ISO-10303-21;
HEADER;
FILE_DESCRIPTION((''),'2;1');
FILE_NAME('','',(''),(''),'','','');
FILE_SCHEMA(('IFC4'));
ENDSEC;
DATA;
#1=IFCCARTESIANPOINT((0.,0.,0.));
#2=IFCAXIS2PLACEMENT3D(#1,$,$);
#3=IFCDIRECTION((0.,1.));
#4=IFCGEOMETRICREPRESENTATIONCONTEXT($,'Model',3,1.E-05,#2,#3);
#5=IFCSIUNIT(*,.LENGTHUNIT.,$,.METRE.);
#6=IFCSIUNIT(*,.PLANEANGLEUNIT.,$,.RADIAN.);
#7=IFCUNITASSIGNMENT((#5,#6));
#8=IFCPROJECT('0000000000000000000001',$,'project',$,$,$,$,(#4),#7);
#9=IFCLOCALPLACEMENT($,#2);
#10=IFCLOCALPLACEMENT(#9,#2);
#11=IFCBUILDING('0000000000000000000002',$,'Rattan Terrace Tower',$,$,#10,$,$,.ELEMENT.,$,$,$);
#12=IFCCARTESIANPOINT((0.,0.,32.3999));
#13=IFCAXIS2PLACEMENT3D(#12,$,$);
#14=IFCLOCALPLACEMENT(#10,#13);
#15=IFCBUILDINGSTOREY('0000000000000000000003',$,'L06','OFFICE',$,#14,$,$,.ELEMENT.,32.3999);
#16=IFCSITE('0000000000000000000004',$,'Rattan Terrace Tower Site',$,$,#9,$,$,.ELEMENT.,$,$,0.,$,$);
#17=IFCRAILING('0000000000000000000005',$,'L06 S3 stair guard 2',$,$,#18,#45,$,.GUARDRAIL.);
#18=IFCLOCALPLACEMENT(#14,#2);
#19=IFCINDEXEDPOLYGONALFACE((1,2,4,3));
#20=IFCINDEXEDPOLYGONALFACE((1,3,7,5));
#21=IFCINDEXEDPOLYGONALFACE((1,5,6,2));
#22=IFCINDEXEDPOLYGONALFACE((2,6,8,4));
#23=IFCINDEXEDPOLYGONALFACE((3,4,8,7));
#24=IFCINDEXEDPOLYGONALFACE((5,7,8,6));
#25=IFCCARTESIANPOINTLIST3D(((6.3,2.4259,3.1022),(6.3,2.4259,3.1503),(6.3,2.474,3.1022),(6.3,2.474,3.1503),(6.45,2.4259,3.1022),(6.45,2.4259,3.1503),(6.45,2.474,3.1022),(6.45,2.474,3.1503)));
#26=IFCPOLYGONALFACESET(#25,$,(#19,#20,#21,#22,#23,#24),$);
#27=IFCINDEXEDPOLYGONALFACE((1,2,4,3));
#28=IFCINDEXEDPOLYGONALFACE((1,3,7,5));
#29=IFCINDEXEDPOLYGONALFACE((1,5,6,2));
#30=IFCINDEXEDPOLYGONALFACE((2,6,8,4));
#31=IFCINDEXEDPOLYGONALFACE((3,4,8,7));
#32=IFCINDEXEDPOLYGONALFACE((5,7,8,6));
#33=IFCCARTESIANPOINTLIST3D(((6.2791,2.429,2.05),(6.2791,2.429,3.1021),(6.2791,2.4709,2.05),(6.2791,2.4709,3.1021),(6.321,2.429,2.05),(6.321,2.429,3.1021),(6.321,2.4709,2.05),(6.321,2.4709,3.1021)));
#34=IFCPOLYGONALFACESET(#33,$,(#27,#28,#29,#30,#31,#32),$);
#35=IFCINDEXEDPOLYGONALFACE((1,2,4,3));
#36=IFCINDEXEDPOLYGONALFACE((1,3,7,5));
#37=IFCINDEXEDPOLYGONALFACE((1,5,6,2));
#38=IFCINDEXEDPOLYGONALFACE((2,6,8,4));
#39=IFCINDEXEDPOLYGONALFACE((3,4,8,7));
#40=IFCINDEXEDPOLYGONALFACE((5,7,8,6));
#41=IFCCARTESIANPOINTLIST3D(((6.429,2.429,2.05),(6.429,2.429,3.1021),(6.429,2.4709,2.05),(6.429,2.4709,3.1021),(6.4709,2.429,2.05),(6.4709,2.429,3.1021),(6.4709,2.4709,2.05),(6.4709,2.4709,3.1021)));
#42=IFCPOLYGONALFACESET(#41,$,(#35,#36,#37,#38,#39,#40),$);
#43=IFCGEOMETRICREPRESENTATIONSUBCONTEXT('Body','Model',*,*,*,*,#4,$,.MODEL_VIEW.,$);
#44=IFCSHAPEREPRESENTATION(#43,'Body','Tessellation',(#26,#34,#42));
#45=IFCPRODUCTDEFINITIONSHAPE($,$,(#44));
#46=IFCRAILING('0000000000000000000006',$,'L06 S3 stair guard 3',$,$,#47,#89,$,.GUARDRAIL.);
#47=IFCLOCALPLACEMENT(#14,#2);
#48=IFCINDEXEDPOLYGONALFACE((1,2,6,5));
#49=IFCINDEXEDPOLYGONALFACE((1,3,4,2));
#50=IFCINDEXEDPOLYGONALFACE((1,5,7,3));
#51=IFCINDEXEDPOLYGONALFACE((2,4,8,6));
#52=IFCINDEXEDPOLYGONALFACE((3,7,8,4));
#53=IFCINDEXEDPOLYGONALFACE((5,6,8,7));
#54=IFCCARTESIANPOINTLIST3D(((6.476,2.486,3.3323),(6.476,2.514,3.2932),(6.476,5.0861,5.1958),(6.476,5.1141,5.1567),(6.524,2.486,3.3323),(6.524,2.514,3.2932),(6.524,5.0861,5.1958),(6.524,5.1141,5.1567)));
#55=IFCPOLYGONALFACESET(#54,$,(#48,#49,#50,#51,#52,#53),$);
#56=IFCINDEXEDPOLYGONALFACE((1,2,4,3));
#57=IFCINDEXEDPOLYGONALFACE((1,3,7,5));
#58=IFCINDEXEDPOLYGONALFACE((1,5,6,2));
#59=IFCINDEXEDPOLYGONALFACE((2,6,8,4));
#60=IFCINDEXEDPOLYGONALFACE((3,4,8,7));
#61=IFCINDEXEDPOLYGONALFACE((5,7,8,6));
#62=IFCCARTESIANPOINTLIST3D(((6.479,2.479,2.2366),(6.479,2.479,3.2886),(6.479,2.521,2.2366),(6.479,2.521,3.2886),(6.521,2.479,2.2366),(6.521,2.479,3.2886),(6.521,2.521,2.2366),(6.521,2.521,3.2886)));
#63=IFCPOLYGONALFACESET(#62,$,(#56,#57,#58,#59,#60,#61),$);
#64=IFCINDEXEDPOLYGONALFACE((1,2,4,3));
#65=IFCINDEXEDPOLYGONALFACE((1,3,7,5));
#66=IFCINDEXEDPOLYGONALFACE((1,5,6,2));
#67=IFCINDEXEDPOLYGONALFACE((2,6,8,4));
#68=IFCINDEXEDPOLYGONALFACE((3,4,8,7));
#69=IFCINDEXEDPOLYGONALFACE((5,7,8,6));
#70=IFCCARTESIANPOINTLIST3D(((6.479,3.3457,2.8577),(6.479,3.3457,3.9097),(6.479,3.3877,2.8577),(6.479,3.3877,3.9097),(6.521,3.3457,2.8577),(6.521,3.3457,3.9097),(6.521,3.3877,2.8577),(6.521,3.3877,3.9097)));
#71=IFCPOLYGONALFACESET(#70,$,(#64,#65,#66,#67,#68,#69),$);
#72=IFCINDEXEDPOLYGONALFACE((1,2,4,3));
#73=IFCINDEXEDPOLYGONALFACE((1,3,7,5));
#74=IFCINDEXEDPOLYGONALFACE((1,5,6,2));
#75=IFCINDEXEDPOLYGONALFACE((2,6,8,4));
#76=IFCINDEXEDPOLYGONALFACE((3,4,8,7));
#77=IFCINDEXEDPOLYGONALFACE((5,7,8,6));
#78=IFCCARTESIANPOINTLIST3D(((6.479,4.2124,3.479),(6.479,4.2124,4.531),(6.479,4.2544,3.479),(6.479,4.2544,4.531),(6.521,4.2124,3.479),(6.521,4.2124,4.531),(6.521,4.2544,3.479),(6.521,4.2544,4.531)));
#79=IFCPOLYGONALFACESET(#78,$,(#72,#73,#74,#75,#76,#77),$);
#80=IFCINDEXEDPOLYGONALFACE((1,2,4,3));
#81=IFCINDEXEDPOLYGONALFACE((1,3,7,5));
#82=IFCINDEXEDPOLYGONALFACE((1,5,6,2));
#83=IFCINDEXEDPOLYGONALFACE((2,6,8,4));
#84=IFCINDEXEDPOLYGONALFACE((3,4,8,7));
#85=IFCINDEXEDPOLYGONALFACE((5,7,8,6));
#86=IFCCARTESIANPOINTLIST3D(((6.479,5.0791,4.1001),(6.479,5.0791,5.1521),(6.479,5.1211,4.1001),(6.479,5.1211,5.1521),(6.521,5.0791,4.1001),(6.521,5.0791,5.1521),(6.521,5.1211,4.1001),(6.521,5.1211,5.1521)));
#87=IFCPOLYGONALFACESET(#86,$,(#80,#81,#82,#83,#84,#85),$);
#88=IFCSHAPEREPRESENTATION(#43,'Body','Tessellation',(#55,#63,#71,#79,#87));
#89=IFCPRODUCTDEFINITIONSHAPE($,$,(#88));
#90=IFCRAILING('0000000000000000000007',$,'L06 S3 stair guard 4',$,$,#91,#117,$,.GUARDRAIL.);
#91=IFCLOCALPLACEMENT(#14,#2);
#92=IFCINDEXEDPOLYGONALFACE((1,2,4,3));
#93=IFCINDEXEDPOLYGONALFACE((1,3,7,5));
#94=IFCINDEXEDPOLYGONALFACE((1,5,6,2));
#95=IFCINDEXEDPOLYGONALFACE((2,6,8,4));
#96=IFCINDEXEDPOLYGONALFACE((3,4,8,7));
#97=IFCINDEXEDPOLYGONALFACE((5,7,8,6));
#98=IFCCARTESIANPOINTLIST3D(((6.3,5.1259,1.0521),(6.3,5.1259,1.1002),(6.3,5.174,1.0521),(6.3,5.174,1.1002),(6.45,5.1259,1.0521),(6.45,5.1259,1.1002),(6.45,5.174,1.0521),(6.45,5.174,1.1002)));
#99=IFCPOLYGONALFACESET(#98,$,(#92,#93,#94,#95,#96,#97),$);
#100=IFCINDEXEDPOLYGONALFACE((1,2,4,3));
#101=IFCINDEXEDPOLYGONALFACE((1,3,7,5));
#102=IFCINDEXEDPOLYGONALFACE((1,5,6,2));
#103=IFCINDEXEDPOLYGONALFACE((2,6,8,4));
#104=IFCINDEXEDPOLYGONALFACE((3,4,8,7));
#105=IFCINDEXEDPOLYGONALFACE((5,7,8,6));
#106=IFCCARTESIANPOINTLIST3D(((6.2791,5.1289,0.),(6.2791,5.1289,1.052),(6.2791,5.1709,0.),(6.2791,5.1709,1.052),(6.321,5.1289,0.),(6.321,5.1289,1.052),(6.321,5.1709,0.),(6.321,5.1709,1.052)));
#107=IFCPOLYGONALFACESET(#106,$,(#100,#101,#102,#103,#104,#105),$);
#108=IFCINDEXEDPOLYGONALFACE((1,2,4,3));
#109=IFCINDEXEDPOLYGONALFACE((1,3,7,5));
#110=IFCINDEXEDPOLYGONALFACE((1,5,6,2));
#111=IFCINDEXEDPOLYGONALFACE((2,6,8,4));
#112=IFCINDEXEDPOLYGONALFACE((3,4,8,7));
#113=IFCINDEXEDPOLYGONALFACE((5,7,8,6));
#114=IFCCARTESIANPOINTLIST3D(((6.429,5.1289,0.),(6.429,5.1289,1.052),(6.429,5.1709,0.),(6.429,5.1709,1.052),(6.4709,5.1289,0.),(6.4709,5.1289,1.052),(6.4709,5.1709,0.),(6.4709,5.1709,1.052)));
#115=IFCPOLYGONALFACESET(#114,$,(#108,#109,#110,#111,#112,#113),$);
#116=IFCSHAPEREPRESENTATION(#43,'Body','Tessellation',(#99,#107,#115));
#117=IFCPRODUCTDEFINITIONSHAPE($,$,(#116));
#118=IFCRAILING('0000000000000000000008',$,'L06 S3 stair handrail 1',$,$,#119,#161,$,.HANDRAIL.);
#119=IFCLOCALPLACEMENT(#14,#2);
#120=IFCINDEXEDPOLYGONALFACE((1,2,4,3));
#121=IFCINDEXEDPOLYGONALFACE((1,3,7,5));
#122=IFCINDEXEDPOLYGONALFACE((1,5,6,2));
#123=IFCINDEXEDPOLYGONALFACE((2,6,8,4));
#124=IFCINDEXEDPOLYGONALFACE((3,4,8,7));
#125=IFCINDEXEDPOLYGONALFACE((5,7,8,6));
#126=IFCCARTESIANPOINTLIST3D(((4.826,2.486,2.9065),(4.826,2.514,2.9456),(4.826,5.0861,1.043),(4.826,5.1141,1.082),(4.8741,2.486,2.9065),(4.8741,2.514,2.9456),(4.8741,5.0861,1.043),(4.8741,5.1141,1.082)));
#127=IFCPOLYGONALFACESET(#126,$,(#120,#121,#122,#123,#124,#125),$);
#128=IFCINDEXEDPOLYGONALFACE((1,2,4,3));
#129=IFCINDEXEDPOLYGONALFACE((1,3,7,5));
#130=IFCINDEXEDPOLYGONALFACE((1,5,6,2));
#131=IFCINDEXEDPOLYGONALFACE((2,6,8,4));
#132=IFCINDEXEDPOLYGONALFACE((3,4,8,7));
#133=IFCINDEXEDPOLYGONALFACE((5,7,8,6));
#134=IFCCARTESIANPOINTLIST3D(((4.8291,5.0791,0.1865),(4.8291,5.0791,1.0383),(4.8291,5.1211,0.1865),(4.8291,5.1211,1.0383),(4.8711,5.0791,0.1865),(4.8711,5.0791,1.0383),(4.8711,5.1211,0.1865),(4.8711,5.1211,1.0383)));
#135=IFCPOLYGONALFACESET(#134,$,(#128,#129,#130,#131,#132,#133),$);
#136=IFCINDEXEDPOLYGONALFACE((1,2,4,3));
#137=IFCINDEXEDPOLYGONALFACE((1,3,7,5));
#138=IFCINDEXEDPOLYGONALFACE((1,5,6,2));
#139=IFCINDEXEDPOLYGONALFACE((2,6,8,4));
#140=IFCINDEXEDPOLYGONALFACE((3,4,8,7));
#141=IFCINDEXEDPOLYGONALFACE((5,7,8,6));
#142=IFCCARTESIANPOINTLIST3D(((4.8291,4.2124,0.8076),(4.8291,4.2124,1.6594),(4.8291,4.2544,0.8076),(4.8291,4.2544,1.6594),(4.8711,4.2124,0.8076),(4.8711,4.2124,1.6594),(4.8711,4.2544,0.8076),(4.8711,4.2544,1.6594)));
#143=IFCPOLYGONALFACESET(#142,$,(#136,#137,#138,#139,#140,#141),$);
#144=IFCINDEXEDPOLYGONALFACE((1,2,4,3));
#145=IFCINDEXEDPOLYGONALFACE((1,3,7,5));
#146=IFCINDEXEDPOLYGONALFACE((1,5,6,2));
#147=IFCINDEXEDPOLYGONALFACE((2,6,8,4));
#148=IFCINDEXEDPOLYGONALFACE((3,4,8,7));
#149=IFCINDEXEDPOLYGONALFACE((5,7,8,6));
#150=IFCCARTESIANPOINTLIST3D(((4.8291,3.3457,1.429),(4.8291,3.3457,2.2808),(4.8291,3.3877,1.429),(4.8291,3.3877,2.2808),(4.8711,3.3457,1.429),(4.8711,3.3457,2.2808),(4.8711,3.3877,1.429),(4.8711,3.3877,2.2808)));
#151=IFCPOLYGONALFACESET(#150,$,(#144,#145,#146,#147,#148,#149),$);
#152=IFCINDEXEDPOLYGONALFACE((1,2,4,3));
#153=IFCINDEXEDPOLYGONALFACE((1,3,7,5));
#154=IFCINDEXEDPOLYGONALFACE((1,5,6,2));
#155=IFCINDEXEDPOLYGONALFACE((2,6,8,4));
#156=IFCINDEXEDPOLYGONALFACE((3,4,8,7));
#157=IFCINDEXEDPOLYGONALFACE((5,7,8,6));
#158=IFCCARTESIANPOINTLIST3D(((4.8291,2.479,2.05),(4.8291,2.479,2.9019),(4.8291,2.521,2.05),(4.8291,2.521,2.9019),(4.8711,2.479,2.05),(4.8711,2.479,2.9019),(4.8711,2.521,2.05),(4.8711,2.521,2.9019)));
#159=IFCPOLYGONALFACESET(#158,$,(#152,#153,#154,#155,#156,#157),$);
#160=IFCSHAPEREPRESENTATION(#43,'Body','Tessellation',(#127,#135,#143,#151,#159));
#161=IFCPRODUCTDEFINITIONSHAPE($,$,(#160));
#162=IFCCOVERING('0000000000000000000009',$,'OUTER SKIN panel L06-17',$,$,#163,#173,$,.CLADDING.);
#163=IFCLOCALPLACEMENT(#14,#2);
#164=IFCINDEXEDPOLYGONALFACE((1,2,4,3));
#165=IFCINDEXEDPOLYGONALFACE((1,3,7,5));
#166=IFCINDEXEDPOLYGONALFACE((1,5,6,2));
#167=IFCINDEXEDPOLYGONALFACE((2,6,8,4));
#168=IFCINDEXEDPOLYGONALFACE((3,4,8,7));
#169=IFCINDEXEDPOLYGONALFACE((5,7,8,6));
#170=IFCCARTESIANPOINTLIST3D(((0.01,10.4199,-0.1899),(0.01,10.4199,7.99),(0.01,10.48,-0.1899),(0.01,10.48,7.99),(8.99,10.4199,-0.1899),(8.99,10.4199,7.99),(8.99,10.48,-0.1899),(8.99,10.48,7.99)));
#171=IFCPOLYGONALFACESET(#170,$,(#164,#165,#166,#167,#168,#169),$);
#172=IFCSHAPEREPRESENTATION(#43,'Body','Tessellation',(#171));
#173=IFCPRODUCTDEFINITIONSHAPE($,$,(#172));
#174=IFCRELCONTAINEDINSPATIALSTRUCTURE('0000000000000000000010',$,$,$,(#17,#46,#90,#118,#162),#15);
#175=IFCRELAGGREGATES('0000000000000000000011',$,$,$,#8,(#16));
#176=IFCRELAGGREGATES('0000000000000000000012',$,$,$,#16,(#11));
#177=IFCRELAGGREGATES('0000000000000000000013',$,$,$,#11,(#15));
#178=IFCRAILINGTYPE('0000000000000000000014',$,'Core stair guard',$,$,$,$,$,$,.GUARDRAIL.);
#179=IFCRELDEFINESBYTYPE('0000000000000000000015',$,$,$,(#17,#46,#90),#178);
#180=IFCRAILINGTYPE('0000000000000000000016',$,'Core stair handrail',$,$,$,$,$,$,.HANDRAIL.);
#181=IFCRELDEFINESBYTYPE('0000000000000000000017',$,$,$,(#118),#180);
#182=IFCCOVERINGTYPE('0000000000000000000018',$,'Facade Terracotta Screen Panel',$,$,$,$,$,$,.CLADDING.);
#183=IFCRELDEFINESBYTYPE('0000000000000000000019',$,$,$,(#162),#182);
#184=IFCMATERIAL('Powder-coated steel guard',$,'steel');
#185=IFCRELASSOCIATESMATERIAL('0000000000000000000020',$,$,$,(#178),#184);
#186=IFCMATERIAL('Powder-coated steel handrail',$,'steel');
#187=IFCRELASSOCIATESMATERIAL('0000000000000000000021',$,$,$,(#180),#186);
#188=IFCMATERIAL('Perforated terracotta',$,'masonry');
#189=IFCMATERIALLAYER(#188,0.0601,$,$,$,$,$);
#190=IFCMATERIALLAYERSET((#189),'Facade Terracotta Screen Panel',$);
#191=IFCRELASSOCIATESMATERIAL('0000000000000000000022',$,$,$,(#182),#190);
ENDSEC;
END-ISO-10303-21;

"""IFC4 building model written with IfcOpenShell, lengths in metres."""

from ifc_helpers import new_model, si_unit, direction, frame, origin, origin_2d, place, context, subcontext, project, spatial, rectangle, extrude, material, layer, layer_set, type_object, element, save


model = new_model("IFC4")

# Units and contexts
model_context = context("Model", 3, precision=1e-05, world=origin(), true_north=direction((0.0, 1.0)))
body_context = subcontext(model_context, "Body", "Model", "MODEL_VIEW")
ifc_project = project(units=[si_unit("LENGTHUNIT", "METRE"), si_unit("PLANEANGLEUNIT", "RADIAN")], contexts=[model_context])

# Site, building, storey
site_placement = place(None, origin())
site = spatial("IfcSite", under=ifc_project, at=site_placement, Name="Rattan Terrace Tower Site", CompositionType="ELEMENT", RefElevation=0.0)
building_placement = place(site_placement, origin())
building = spatial("IfcBuilding", under=site, at=building_placement, Name="Rattan Terrace Tower", CompositionType="ELEMENT")
storey_placement = place(building_placement, frame((0.0, 0.0, 32.3999)))
storey = spatial("IfcBuildingStorey", under=building, at=storey_placement, Name="L06", Description="OFFICE", CompositionType="ELEMENT", Elevation=32.3999)

# Railings
ifc_material_1 = material(Name="Powder-coated steel guard", Category="steel")
railing_type_1 = type_object("IfcRailingType", Name="Core stair guard", PredefinedType="GUARDRAIL", material=ifc_material_1)
railing_1_placement = place(storey_placement, frame((6.3, 2.45, 2.05)))
element("IfcRailing", 1, at=railing_1_placement, inside=storey, type_object=railing_type_1, Name="L06 S3 stair guard 2", PredefinedType="GUARDRAIL", context=body_context, shape_type="SweptSolid", body=[
    extrude(rectangle(XDim=0.0481, YDim=0.0481, at=origin_2d()), frame((0.0, 0.0, 1.0762), z_axis=(1.0, 0.0, 0.0), x_axis=(0.0, 1.0, 0.0)), (0.0, 0.0, 1.0), 0.1499),
    extrude(rectangle(XDim=0.042, YDim=0.042, at=origin_2d()), origin(), (0.0, 0.0, 1.0), 1.052),
    extrude(rectangle(XDim=0.042, YDim=0.042, at=origin_2d()), frame((0.1499, 0.0, 0.0)), (0.0, 0.0, 1.0), 1.052),
])
railing_2_placement = place(storey_placement, frame((6.5, 2.5, 2.2366)))
element("IfcRailing", 2, at=railing_2_placement, inside=storey, type_object=railing_type_1, Name="L06 S3 stair guard 3", PredefinedType="GUARDRAIL", context=body_context, shape_type="SweptSolid", body=[
    extrude(rectangle(XDim=0.0481, YDim=0.0481, at=origin_2d()), frame((0.0, 0.0, 1.0762), z_axis=(0.0, 0.812799, 0.582544), x_axis=(-1.0, 0.0, 0.0)), (0.0, 0.0, 1.0), 3.199),
    extrude(rectangle(XDim=0.042, YDim=0.042, at=origin_2d()), origin(), (0.0, 0.0, 1.0), 1.052),
    extrude(rectangle(XDim=0.042, YDim=0.042, at=origin_2d()), frame((0.0, 0.8667, 0.6211)), (0.0, 0.0, 1.0), 1.052),
    extrude(rectangle(XDim=0.042, YDim=0.042, at=origin_2d()), frame((0.0, 1.7334, 1.2424)), (0.0, 0.0, 1.0), 1.052),
    extrude(rectangle(XDim=0.042, YDim=0.042, at=origin_2d()), frame((0.0, 2.6001, 1.8635)), (0.0, 0.0, 1.0), 1.052),
])
railing_3_placement = place(storey_placement, frame((6.3, 5.1499, 0.0)))
element("IfcRailing", 3, at=railing_3_placement, inside=storey, type_object=railing_type_1, Name="L06 S3 stair guard 4", PredefinedType="GUARDRAIL", context=body_context, shape_type="SweptSolid", body=[
    extrude(rectangle(XDim=0.0481, YDim=0.0481, at=origin_2d()), frame((0.0, 0.0, 1.0762), z_axis=(1.0, 0.0, 0.0), x_axis=(0.0, 1.0, 0.0)), (0.0, 0.0, 1.0), 0.1499),
    extrude(rectangle(XDim=0.042, YDim=0.042, at=origin_2d()), origin(), (0.0, 0.0, 1.0), 1.052),
    extrude(rectangle(XDim=0.042, YDim=0.042, at=origin_2d()), frame((0.1499, 0.0, 0.0)), (0.0, 0.0, 1.0), 1.052),
])
ifc_material_2 = material(Name="Powder-coated steel handrail", Category="steel")
railing_type_2 = type_object("IfcRailingType", Name="Core stair handrail", PredefinedType="HANDRAIL", material=ifc_material_2)
railing_4_placement = place(storey_placement, frame((4.8501, 5.1001, 0.1865)))
element("IfcRailing", 4, at=railing_4_placement, inside=storey, type_object=railing_type_2, Name="L06 S3 stair handrail 1", PredefinedType="HANDRAIL", context=body_context, shape_type="SweptSolid", body=[
    extrude(rectangle(XDim=0.0481, YDim=0.0481, at=origin_2d()), frame((0.0, 0.0, 0.876), z_axis=(0.0, -0.812799, 0.582544), x_axis=(1.0, 0.0, 0.0)), (0.0, 0.0, 1.0), 3.199),
    extrude(rectangle(XDim=0.042, YDim=0.042, at=origin_2d()), origin(), (0.0, 0.0, 1.0), 0.8518),
    extrude(rectangle(XDim=0.042, YDim=0.042, at=origin_2d()), frame((0.0, -0.8667, 0.6211)), (0.0, 0.0, 1.0), 0.8518),
    extrude(rectangle(XDim=0.042, YDim=0.042, at=origin_2d()), frame((0.0, -1.7334, 1.2424)), (0.0, 0.0, 1.0), 0.8518),
    extrude(rectangle(XDim=0.042, YDim=0.042, at=origin_2d()), frame((0.0, -2.6001, 1.8635)), (0.0, 0.0, 1.0), 0.8518),
])

# Covering
ifc_material_3 = material(Name="Perforated terracotta", Category="masonry")
ifc_layer_1 = layer(ifc_material_3, 0.0601)
ifc_layer_set_1 = layer_set([ifc_layer_1], Name="Facade Terracotta Screen Panel")
covering_type = type_object("IfcCoveringType", Name="Facade Terracotta Screen Panel", PredefinedType="CLADDING", material=ifc_layer_set_1)
covering_placement = place(storey_placement, frame((4.5, 10.45, -0.1899), z_axis=(0.0, 0.0, 1.0), x_axis=(-1.0, 0.0, 0.0)))
element("IfcCovering", 5, at=covering_placement, inside=storey, type_object=covering_type, Name="OUTER SKIN panel L06-17", PredefinedType="CLADDING", context=body_context, shape_type="SweptSolid", body=[
    extrude(rectangle(XDim=8.98, YDim=0.0601, at=origin_2d()), origin(), (0.0, 0.0, 1.0), 8.1799),
])

save(model, "model.ifc")
